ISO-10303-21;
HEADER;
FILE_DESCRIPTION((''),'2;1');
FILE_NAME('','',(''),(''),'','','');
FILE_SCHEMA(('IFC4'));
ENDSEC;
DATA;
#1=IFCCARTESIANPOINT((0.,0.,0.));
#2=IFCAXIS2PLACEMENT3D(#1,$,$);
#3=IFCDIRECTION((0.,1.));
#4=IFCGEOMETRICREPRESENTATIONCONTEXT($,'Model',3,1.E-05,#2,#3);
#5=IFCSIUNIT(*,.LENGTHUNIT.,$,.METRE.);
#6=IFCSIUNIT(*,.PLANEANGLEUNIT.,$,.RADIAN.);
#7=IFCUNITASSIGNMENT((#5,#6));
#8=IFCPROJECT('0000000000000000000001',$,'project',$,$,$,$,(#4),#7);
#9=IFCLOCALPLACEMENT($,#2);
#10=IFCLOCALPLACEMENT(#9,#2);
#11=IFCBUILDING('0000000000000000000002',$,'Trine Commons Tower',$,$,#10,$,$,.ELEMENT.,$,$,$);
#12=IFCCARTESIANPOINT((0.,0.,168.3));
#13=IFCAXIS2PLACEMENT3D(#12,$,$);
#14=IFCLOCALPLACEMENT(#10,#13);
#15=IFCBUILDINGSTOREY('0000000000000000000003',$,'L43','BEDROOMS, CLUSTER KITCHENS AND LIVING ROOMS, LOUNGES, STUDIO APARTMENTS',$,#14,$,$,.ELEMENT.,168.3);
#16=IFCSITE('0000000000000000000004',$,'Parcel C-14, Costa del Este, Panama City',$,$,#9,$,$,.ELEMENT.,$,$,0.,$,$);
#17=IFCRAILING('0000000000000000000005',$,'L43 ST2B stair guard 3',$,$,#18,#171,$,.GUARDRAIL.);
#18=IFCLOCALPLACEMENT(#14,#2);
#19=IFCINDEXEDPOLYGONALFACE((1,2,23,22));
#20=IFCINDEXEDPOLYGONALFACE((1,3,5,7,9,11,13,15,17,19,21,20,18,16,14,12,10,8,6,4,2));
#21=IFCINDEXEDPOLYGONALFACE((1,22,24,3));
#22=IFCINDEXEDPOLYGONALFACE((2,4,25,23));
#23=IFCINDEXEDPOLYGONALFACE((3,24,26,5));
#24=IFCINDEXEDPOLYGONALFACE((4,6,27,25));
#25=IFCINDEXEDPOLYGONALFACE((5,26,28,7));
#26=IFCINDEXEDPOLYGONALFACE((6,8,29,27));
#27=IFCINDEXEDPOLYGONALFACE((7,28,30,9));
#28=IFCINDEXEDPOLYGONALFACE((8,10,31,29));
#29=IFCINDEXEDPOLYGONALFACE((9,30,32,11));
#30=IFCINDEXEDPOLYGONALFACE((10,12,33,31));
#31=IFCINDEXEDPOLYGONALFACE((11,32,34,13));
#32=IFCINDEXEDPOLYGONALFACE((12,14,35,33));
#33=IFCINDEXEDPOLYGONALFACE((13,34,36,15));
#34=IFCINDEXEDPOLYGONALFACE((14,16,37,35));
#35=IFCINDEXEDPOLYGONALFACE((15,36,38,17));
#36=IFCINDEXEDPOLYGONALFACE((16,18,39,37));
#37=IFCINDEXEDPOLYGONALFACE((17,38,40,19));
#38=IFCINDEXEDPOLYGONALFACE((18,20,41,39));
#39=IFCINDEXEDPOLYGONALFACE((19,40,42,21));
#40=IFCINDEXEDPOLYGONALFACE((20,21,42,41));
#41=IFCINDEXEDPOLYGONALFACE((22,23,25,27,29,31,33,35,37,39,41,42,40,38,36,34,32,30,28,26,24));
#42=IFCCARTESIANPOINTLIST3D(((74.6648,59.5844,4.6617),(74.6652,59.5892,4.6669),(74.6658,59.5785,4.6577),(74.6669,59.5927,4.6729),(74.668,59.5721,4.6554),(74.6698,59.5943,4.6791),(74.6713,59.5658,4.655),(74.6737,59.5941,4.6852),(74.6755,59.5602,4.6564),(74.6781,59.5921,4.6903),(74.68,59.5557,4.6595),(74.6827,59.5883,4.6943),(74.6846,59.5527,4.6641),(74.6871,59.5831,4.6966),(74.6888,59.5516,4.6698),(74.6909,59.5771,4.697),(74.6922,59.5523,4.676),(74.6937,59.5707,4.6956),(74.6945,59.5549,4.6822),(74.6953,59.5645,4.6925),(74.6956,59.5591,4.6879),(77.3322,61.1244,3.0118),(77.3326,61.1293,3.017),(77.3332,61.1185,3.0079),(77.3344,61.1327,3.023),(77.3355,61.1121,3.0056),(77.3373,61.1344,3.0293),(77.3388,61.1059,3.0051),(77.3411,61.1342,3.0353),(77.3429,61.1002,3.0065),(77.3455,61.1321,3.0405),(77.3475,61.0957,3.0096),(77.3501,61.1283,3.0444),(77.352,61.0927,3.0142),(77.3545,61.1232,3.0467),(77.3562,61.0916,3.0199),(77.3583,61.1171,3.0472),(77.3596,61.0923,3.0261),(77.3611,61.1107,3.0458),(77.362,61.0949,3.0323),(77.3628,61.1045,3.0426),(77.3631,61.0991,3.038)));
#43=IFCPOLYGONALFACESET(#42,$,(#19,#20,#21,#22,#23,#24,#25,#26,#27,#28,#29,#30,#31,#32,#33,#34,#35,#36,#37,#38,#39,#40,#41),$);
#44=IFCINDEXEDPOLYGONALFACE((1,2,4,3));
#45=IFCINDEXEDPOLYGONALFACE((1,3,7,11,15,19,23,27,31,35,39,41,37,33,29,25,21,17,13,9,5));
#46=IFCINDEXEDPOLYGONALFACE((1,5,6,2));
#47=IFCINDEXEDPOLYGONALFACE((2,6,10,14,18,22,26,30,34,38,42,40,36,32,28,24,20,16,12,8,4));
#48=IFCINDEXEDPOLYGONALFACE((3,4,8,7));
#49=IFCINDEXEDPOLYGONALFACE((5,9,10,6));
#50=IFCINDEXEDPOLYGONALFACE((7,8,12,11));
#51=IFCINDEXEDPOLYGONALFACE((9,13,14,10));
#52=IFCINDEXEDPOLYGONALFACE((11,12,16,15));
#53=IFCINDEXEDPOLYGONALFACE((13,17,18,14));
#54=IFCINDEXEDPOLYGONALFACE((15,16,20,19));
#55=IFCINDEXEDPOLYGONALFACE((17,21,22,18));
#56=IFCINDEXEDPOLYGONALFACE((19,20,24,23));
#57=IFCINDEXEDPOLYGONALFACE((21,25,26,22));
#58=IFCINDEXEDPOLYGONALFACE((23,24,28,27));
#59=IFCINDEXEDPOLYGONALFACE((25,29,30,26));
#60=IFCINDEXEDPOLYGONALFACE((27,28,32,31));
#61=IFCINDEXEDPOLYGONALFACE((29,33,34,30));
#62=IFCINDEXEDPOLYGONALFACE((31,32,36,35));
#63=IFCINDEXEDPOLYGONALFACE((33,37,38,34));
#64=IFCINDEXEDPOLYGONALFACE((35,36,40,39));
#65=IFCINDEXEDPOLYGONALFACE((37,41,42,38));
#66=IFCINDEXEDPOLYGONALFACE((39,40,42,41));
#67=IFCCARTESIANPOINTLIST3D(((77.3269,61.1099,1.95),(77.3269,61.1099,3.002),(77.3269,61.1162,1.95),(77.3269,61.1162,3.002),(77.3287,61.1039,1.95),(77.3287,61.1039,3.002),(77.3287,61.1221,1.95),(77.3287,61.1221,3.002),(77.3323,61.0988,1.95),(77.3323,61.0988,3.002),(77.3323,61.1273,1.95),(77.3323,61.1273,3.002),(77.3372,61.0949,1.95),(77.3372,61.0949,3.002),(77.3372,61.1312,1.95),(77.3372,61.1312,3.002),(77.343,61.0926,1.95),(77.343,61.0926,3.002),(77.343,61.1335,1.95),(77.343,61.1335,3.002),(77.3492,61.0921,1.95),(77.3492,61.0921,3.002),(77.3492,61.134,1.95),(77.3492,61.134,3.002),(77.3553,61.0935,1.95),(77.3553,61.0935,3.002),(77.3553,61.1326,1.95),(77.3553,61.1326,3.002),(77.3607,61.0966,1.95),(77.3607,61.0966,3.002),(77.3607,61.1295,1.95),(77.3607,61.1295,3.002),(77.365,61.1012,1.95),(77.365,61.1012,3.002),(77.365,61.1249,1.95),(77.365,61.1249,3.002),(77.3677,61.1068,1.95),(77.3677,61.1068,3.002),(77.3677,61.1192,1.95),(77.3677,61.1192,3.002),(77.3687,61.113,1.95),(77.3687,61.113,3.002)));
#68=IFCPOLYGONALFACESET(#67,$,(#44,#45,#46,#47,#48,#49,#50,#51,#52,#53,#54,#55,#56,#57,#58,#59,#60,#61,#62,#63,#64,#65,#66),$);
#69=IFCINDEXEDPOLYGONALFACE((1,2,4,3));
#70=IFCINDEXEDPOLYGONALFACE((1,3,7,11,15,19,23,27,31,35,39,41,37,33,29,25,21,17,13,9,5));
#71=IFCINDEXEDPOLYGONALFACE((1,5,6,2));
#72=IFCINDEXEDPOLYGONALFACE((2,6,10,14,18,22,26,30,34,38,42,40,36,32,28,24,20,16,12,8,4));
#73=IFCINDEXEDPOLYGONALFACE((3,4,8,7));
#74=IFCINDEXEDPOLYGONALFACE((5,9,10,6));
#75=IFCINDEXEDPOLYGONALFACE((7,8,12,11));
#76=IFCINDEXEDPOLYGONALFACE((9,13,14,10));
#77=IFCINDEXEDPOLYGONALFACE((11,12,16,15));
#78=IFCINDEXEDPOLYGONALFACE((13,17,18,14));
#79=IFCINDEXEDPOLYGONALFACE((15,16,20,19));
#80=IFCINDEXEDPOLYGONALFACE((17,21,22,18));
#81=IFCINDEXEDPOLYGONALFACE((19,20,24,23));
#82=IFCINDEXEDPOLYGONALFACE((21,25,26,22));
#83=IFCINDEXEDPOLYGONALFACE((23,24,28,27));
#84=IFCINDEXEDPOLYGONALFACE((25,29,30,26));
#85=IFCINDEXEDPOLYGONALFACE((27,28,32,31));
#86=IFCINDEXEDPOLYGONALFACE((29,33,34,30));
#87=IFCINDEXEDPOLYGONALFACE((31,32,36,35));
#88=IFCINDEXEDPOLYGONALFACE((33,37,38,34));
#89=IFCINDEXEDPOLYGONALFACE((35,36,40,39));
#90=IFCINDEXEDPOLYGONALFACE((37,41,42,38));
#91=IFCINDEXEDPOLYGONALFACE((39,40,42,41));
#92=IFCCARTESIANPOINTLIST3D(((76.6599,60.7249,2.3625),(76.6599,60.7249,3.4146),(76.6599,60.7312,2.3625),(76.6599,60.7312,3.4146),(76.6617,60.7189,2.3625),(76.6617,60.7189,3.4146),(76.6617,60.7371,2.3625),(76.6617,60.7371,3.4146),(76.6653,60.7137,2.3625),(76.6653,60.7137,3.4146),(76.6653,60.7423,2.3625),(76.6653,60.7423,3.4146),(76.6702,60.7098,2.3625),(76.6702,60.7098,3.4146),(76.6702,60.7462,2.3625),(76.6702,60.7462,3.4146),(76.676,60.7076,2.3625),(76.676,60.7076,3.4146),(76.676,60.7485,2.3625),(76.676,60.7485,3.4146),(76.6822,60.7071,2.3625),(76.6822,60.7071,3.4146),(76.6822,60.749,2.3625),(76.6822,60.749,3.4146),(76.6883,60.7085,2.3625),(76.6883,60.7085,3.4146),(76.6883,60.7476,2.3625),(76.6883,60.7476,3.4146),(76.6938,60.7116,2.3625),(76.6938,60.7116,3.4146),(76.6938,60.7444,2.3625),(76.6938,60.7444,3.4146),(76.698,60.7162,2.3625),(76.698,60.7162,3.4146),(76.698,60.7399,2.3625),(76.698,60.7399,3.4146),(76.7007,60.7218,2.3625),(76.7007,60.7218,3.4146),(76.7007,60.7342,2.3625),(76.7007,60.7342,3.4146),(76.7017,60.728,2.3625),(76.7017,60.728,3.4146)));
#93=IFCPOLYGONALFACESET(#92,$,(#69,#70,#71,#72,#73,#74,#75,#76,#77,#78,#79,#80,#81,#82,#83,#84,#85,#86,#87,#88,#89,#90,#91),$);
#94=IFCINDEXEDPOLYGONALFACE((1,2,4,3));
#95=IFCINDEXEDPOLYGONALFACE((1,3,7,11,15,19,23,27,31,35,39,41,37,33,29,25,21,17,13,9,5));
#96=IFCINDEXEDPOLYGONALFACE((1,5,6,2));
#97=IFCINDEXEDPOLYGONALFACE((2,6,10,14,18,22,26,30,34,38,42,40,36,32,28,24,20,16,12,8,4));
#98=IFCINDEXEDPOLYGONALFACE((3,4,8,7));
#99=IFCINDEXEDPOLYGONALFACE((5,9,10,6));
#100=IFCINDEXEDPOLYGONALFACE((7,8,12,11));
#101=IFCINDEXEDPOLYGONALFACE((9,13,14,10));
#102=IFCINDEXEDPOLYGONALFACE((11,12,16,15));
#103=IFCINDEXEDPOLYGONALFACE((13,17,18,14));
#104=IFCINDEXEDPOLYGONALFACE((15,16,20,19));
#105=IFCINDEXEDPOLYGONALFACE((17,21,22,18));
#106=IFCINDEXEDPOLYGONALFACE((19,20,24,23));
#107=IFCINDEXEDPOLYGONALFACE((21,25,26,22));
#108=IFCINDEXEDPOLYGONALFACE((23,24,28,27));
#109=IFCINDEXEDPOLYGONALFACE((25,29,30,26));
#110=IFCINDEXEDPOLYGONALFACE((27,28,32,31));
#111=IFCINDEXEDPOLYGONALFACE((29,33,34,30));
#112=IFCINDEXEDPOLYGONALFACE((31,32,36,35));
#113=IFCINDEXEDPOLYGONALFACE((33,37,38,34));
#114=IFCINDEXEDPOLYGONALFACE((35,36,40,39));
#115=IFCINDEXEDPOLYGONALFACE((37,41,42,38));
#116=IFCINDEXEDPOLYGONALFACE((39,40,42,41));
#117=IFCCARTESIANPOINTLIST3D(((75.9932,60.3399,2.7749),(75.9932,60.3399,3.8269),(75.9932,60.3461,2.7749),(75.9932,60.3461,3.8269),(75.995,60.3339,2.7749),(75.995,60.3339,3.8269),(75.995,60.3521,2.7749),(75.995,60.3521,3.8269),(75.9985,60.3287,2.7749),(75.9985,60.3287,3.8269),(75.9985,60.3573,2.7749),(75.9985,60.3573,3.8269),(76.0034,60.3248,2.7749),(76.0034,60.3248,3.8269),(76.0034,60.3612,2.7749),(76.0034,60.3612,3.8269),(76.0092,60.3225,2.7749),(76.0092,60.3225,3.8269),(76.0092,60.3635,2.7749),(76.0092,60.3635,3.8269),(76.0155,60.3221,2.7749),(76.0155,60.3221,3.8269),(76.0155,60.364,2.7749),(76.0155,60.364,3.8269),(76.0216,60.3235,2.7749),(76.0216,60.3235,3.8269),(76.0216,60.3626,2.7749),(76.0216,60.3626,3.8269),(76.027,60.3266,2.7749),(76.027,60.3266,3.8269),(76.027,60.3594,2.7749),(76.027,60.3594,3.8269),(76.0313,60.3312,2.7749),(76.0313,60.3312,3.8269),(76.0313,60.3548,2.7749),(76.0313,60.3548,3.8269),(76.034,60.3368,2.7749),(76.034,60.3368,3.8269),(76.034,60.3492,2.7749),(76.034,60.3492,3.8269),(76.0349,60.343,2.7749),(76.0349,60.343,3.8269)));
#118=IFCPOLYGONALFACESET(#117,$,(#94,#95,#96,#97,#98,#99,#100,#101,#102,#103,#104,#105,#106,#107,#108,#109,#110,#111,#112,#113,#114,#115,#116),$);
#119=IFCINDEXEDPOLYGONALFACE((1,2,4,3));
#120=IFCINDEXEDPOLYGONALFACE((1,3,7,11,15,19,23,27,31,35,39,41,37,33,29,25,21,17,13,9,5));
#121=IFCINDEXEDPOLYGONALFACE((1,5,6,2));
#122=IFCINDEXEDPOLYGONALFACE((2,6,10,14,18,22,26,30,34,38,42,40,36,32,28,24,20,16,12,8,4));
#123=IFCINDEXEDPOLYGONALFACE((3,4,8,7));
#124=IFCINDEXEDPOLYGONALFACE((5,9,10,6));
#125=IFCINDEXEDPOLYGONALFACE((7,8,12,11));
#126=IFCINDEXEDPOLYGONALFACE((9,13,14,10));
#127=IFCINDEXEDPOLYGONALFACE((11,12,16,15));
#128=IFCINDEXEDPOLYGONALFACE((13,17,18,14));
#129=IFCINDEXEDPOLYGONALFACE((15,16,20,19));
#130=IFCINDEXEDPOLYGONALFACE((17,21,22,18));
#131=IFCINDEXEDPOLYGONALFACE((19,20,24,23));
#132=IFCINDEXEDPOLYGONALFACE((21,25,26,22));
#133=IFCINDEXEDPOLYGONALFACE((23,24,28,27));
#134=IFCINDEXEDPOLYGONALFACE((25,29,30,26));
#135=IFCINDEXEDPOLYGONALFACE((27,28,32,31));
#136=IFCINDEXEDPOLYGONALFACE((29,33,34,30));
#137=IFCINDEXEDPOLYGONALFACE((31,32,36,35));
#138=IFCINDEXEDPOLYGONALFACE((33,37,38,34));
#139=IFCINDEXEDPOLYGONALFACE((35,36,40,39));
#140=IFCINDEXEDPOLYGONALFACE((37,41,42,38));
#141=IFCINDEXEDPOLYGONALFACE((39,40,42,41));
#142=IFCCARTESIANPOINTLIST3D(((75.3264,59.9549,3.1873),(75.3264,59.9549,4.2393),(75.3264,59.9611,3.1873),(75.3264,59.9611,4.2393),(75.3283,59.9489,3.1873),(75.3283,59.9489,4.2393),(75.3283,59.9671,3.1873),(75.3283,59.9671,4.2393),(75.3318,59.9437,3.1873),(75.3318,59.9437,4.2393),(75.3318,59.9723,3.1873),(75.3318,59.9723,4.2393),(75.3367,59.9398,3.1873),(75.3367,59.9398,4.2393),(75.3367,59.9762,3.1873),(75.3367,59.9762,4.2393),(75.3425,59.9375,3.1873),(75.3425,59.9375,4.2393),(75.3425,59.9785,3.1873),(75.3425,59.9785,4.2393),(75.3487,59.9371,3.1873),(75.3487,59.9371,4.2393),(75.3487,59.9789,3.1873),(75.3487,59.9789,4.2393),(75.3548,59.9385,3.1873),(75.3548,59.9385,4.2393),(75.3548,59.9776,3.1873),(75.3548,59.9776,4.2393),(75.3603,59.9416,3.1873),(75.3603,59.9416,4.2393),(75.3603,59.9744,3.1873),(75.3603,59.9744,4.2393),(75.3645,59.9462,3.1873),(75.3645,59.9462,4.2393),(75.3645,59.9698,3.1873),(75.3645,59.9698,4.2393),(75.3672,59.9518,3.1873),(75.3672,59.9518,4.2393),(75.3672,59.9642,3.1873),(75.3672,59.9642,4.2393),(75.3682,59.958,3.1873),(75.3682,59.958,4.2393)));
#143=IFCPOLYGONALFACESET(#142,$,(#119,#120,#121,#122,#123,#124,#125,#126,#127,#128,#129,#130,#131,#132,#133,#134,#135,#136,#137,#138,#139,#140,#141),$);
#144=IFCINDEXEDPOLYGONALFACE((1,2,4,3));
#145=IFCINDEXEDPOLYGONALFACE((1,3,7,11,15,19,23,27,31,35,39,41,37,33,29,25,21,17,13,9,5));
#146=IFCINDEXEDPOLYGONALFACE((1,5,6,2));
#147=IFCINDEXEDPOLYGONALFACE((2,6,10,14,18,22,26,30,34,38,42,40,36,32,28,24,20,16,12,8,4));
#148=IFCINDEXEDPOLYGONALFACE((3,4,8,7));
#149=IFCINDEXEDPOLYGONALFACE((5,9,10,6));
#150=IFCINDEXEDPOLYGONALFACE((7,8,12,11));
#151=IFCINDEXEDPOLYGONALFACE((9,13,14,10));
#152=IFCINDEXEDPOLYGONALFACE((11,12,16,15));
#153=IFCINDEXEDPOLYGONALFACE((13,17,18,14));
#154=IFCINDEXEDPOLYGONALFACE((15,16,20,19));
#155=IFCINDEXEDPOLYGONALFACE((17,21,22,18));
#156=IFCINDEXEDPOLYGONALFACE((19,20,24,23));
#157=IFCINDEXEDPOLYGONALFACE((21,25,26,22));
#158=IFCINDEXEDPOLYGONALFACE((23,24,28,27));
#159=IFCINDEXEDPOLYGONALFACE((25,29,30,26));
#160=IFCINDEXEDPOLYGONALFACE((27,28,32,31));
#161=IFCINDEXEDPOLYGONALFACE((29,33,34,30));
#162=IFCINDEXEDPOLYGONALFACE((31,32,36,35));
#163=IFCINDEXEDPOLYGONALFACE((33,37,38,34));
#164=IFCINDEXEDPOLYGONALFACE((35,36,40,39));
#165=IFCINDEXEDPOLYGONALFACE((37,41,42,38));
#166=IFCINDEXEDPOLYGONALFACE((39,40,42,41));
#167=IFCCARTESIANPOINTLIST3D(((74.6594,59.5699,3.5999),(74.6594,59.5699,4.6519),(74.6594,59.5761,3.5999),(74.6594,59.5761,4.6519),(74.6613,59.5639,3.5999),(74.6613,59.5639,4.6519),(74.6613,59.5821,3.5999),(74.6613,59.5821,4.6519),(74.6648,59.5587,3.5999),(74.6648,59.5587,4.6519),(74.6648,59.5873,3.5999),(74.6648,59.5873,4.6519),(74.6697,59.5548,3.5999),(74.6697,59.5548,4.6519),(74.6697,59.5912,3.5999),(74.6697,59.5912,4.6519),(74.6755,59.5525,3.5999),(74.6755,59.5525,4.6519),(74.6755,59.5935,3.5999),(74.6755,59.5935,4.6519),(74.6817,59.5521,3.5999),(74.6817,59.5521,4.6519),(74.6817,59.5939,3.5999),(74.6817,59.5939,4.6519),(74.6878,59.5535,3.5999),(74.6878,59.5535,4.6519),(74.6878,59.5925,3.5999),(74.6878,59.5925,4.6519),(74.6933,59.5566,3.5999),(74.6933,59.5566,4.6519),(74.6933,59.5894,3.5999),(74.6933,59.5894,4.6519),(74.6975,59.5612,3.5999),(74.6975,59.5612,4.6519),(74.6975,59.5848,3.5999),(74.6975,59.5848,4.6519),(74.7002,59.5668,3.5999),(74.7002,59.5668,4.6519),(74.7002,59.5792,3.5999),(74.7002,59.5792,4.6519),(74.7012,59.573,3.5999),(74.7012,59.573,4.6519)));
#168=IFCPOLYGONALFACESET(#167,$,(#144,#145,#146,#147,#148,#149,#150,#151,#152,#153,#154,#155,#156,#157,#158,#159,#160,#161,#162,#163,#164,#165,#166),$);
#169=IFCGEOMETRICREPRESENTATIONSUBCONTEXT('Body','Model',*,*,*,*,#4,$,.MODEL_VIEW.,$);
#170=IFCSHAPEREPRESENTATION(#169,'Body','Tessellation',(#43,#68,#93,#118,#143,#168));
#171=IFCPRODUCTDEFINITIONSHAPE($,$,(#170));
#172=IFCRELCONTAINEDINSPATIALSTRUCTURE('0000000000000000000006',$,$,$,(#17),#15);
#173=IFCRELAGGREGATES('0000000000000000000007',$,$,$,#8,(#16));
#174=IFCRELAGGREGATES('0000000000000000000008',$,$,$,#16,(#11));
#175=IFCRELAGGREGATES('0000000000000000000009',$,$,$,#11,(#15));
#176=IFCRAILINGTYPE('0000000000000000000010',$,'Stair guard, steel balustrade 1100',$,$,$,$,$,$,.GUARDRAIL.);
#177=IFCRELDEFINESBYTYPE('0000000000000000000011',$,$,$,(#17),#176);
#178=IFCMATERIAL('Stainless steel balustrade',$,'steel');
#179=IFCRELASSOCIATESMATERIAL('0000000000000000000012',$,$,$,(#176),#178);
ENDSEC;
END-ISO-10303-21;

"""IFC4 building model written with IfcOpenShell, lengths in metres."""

from ifc_helpers import new_model, si_unit, direction, frame, origin, origin_2d, place, context, subcontext, project, spatial, circle, extrude, material, type_object, element, save


model = new_model("IFC4")

# Units and contexts
model_context = context("Model", 3, precision=1e-05, world=origin(), true_north=direction((0.0, 1.0)))
body_context = subcontext(model_context, "Body", "Model", "MODEL_VIEW")
ifc_project = project(units=[si_unit("LENGTHUNIT", "METRE"), si_unit("PLANEANGLEUNIT", "RADIAN")], contexts=[model_context])

# Site, building, storey
site_placement = place(None, origin())
site = spatial("IfcSite", under=ifc_project, at=site_placement, Name="Parcel C-14, Costa del Este, Panama City", CompositionType="ELEMENT", RefElevation=0.0)
building_placement = place(site_placement, origin())
building = spatial("IfcBuilding", under=site, at=building_placement, Name="Trine Commons Tower", CompositionType="ELEMENT")
storey_placement = place(building_placement, frame((0.0, 0.0, 168.3)))
storey = spatial("IfcBuildingStorey", under=building, at=storey_placement, Name="L43", Description="BEDROOMS, CLUSTER KITCHENS AND LIVING ROOMS, LOUNGES, STUDIO APARTMENTS", CompositionType="ELEMENT", Elevation=168.3)

# Railing
ifc_material_1 = material(Name="Stainless steel balustrade", Category="steel")
railing_type_1 = type_object("IfcRailingType", Name="Stair guard, steel balustrade 1100", PredefinedType="GUARDRAIL", material=ifc_material_1)
railing_1_placement = place(storey_placement, frame((77.3477, 61.113, 1.95)))
element("IfcRailing", 1, at=railing_1_placement, inside=storey, type_object=railing_type_1, Name="L43 ST2B stair guard 3", PredefinedType="GUARDRAIL", context=body_context, shape_type="SweptSolid", body=[
    extrude(circle(Radius=0.0239, at=origin_2d()), frame((0.0, 0.0, 1.0762), z_axis=(-0.763405, -0.440743, 0.472185), x_axis=(0.499992, -0.86603, 0.0)), (0.0, 0.0, 1.0), 3.4941),
    extrude(circle(Radius=0.021, at=origin_2d()), origin(), (0.0, 0.0, 1.0), 1.052),
    extrude(circle(Radius=0.021, at=origin_2d()), frame((-0.667, -0.385, 0.4126)), (0.0, 0.0, 1.0), 1.052),
    extrude(circle(Radius=0.021, at=origin_2d()), frame((-1.3337, -0.77, 0.825)), (0.0, 0.0, 1.0), 1.052),
    extrude(circle(Radius=0.021, at=origin_2d()), frame((-2.0005, -1.155, 1.2373)), (0.0, 0.0, 1.0), 1.052),
    extrude(circle(Radius=0.021, at=origin_2d()), frame((-2.6675, -1.54, 1.6499)), (0.0, 0.0, 1.0), 1.052),
])

save(model, "model.ifc")
